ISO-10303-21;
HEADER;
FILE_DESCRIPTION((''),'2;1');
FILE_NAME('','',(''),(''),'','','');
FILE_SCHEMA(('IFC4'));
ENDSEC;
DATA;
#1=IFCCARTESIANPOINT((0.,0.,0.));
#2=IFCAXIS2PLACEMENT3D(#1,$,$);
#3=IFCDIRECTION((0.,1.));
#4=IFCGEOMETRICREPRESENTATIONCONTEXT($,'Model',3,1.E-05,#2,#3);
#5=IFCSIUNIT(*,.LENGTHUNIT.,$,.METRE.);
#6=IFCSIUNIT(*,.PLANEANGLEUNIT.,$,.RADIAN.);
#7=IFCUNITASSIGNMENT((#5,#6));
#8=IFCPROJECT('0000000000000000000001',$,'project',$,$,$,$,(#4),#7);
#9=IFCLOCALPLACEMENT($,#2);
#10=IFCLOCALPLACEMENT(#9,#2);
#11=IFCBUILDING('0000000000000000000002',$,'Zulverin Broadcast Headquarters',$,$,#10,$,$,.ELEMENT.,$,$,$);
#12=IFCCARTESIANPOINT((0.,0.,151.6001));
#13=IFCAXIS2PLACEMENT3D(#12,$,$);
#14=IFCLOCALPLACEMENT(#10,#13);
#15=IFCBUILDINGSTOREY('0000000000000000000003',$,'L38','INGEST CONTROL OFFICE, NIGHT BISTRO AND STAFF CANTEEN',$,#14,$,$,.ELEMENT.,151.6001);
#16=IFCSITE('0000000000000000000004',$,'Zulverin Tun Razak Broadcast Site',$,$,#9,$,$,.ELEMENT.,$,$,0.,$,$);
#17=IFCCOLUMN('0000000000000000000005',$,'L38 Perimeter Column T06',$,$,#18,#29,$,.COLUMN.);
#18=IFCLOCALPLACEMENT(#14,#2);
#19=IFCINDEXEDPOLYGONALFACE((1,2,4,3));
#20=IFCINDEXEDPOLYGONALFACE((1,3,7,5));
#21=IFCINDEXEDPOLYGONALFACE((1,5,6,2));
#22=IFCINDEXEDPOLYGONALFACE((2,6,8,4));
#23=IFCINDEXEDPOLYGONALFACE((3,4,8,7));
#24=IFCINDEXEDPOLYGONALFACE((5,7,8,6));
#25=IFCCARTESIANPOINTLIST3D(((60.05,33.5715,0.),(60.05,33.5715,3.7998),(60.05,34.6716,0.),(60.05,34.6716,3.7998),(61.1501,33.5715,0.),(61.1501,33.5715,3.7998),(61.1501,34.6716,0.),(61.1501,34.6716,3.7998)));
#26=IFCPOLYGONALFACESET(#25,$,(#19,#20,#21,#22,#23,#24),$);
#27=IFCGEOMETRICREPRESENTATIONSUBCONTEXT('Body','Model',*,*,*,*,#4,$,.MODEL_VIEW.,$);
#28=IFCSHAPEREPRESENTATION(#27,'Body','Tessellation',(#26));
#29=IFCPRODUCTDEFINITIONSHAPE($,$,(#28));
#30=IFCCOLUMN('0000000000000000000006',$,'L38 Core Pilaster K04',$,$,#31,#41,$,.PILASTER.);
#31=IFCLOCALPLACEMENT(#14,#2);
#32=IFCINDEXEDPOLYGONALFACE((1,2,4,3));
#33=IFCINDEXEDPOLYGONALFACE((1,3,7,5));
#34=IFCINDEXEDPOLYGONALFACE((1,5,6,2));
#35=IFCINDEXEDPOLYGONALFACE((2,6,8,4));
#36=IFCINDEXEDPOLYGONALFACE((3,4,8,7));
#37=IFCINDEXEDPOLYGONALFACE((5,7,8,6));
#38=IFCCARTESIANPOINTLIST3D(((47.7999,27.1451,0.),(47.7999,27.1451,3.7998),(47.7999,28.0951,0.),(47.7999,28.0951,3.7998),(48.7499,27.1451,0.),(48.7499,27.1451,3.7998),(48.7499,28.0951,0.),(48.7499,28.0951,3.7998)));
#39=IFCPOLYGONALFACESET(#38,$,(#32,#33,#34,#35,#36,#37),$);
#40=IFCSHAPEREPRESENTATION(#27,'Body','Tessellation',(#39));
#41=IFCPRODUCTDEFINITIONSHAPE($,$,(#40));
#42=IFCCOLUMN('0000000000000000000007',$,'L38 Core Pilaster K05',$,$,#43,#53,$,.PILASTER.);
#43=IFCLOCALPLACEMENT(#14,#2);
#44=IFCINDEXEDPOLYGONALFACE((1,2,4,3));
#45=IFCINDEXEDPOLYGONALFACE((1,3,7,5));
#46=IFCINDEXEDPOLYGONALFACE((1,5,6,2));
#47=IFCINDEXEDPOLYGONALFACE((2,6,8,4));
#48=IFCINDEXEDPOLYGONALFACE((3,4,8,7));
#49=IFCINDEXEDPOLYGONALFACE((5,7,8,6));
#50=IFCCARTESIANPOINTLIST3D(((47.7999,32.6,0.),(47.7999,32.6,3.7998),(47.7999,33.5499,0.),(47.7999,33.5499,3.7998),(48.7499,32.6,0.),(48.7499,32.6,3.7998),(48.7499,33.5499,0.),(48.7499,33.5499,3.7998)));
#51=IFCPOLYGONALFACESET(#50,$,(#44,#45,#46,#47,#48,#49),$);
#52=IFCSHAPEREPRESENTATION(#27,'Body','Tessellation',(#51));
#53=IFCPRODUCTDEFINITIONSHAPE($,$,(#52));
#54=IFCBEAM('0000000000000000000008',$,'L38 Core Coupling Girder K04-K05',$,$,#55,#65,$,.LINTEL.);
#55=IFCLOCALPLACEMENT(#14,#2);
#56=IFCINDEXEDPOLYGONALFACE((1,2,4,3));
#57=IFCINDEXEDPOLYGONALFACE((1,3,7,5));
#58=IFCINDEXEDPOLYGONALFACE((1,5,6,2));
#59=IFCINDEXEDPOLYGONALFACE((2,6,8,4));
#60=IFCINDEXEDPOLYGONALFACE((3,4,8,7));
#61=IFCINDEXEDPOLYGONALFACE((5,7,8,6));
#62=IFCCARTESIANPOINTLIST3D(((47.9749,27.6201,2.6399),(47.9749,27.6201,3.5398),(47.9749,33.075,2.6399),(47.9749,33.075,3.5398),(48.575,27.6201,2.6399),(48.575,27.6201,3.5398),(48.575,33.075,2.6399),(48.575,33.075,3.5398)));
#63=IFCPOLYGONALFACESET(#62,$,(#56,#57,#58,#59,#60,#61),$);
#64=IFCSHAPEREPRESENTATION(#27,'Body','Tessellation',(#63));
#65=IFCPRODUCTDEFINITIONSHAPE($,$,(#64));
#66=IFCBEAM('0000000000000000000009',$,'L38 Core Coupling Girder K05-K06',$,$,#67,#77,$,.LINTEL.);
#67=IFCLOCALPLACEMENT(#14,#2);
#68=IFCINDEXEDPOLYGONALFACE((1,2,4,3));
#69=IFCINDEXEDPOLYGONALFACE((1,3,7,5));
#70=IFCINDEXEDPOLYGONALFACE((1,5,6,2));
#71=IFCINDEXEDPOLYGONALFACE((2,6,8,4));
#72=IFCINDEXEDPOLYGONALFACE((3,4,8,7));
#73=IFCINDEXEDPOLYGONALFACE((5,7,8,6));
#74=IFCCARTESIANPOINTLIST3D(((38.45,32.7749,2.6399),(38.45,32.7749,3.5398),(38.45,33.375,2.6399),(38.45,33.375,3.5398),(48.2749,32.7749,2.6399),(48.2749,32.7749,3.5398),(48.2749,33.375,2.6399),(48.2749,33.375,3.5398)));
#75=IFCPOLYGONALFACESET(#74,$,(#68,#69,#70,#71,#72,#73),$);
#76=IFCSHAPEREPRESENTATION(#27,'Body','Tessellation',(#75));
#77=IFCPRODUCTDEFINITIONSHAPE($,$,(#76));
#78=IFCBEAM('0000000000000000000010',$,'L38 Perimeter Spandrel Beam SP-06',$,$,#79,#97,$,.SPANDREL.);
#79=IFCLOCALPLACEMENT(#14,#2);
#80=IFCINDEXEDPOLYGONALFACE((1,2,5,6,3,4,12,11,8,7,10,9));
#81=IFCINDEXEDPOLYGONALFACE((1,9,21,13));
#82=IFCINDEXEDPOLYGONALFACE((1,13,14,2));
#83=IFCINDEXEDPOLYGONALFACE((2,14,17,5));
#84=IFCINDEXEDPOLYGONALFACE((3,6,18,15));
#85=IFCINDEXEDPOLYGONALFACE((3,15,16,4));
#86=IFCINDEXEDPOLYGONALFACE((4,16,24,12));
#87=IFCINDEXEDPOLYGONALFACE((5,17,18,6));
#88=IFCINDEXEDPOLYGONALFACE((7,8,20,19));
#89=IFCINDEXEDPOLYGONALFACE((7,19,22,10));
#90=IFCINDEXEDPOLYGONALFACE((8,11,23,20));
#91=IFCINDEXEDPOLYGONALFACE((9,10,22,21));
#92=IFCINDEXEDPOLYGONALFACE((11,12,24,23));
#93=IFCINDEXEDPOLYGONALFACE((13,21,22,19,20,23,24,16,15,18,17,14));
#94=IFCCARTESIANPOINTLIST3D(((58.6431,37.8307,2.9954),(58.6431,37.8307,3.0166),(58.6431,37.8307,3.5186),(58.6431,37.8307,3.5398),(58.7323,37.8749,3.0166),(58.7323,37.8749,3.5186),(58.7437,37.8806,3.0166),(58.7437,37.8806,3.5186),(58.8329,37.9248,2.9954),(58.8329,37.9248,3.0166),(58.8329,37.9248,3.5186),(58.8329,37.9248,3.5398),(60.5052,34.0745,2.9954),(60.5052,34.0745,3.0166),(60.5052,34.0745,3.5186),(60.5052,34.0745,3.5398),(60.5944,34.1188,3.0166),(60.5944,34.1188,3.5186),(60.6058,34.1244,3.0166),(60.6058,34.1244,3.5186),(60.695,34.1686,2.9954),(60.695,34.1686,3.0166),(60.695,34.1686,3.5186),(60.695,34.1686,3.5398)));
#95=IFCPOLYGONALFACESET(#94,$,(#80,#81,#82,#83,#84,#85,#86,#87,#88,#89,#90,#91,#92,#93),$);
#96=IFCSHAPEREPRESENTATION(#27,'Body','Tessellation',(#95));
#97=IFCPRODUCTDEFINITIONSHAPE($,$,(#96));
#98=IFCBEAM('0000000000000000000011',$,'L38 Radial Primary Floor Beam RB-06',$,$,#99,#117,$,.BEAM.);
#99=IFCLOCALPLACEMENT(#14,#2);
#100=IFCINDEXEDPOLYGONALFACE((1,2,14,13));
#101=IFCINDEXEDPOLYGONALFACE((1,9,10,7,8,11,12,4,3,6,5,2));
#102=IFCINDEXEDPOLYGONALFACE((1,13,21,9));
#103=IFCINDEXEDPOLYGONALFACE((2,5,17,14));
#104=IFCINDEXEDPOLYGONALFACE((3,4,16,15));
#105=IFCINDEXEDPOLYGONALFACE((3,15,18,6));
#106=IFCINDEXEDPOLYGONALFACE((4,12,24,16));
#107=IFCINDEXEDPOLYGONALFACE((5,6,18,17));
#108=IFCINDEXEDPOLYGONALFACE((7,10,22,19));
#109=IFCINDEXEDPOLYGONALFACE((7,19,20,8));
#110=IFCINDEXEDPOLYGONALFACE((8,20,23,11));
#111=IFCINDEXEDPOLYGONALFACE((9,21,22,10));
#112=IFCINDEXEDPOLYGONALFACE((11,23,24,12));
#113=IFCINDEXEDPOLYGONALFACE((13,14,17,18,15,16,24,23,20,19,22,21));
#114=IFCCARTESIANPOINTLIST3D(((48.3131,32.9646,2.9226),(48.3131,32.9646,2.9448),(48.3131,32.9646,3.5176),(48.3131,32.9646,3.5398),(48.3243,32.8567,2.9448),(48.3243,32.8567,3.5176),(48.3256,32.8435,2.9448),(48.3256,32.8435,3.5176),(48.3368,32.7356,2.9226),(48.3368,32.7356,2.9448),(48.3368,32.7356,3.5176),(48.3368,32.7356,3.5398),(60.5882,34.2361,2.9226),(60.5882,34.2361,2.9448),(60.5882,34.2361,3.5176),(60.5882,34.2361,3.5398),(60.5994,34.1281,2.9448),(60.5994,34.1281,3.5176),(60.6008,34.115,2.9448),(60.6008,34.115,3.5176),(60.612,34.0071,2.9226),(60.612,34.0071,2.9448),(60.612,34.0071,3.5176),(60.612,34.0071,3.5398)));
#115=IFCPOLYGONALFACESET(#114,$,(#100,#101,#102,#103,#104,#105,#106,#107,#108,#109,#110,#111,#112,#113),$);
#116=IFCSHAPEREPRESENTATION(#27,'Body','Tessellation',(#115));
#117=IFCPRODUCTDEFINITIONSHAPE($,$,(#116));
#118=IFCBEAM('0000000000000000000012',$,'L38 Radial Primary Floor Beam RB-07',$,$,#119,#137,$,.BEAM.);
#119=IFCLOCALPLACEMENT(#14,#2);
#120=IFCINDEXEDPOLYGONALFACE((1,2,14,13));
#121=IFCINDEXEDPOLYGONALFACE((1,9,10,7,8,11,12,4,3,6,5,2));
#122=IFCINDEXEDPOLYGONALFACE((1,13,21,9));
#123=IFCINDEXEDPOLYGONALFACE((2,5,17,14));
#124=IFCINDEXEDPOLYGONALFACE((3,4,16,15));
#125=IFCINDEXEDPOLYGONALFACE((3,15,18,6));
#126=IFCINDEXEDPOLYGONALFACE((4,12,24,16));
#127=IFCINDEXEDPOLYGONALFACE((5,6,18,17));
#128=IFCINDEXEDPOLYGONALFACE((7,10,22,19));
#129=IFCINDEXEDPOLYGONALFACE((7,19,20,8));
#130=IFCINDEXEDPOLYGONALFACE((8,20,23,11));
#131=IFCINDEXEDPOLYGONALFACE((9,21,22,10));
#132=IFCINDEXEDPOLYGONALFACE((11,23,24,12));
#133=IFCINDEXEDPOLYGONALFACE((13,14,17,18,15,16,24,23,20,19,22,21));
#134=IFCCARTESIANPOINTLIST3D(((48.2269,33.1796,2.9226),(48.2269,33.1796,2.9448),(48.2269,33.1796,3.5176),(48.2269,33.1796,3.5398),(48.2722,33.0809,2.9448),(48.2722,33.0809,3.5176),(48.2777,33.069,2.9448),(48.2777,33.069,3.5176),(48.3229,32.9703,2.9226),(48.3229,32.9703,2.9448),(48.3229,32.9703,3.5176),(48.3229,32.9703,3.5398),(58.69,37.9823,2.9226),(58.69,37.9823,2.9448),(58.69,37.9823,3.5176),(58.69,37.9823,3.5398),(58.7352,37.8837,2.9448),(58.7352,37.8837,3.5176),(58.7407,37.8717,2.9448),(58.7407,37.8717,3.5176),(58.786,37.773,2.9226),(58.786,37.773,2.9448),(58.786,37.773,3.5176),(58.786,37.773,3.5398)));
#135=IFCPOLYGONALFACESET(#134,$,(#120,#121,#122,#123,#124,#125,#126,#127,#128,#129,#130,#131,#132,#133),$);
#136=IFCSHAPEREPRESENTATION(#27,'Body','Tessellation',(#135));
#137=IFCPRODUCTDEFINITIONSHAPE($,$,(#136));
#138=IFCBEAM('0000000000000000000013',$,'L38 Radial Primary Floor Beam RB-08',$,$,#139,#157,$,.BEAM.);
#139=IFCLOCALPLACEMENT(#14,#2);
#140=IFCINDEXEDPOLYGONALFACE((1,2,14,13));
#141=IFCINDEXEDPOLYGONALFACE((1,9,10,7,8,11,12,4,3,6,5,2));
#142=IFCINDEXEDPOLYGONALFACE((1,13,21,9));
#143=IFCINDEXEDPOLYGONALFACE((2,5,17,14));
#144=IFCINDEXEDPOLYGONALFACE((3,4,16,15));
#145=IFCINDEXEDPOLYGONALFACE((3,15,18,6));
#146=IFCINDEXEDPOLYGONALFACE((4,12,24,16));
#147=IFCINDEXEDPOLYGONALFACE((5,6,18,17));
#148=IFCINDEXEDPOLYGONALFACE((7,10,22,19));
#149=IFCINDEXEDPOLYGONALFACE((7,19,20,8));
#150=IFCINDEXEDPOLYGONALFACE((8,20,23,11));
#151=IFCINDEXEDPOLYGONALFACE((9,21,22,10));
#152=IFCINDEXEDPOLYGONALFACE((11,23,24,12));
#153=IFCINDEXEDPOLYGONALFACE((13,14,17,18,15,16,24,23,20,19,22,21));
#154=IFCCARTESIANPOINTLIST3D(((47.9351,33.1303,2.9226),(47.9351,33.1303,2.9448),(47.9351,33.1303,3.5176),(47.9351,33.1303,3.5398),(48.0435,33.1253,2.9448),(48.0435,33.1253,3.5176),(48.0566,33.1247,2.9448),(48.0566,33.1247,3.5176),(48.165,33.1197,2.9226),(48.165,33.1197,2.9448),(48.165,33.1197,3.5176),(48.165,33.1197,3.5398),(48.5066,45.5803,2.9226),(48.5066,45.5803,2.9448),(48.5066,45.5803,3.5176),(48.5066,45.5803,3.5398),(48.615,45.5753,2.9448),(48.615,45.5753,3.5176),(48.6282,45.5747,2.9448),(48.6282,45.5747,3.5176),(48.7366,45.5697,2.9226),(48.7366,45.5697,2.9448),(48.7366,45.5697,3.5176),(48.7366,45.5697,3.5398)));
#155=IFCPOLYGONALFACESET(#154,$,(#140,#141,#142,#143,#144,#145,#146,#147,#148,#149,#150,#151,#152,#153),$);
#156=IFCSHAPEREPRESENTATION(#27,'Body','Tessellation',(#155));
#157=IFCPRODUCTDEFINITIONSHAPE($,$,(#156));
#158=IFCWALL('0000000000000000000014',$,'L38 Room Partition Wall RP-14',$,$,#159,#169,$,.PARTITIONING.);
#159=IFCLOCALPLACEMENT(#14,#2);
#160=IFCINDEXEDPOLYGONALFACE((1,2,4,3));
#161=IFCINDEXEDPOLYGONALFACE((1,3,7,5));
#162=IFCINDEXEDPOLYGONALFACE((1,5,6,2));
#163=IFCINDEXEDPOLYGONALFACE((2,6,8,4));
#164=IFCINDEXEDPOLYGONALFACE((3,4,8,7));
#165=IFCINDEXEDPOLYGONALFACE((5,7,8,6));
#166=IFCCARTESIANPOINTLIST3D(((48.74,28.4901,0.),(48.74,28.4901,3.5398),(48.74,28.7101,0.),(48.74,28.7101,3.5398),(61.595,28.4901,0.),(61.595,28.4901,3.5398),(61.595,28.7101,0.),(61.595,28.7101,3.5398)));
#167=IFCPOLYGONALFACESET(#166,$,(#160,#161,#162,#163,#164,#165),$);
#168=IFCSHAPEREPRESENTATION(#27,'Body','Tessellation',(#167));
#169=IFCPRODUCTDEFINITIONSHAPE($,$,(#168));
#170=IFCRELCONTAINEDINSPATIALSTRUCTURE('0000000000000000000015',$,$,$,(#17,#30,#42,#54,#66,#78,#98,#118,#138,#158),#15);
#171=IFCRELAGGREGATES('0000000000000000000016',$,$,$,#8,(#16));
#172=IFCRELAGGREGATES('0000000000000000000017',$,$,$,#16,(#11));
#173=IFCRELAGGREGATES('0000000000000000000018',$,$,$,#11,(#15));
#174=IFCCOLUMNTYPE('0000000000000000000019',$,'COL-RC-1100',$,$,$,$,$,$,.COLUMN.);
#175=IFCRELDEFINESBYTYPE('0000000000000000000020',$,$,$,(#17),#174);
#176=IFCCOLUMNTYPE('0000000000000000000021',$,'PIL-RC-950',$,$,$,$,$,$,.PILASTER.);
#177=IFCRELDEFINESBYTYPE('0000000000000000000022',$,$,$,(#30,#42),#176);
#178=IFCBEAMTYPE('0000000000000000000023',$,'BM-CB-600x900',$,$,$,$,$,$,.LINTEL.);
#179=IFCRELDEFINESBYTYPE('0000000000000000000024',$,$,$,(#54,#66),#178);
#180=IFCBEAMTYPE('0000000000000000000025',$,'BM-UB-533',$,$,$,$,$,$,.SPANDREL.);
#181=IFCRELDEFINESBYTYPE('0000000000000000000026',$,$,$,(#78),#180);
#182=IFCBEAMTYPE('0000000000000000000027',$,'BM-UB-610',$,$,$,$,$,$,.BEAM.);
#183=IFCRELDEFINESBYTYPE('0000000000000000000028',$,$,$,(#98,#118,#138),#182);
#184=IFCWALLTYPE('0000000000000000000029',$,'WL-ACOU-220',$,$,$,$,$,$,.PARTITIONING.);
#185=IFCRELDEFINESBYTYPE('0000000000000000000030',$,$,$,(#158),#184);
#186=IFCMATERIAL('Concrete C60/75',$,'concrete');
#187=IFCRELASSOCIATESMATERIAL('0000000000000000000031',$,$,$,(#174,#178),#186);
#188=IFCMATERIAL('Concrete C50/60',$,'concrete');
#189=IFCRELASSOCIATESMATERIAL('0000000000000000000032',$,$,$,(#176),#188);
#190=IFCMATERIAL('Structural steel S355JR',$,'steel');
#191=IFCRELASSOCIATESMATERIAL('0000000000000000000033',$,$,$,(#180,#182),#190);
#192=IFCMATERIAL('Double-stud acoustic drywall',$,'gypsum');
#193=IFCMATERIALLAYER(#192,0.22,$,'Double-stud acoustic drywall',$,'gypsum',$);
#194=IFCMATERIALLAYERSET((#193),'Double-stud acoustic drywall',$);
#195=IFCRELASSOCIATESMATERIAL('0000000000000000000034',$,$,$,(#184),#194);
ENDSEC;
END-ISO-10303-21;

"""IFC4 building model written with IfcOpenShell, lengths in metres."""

from ifc_helpers import new_model, si_unit, direction, frame, frame_2d, origin, origin_2d, place, context, subcontext, project, spatial, rectangle, i_section, extrude, material, layer, layer_set, material_profile, profile_set, type_object, element, save


model = new_model("IFC4")

# Units and contexts
model_context = context("Model", 3, precision=1e-05, world=origin(), true_north=direction((0.0, 1.0)))
body_context = subcontext(model_context, "Body", "Model", "MODEL_VIEW")
ifc_project = project(units=[si_unit("LENGTHUNIT", "METRE"), si_unit("PLANEANGLEUNIT", "RADIAN")], contexts=[model_context])

# Site, building, storey
site_placement = place(None, origin())
site = spatial("IfcSite", under=ifc_project, at=site_placement, Name="Zulverin Tun Razak Broadcast Site", CompositionType="ELEMENT", RefElevation=0.0)
building_placement = place(site_placement, origin())
building = spatial("IfcBuilding", under=site, at=building_placement, Name="Zulverin Broadcast Headquarters", CompositionType="ELEMENT")
storey_placement = place(building_placement, frame((0.0, 0.0, 151.6001)))
storey = spatial("IfcBuildingStorey", under=building, at=storey_placement, Name="L38", Description="INGEST CONTROL OFFICE, NIGHT BISTRO AND STAFF CANTEEN", CompositionType="ELEMENT", Elevation=151.6001)

# Columns
ifc_material_1 = material(Name="Concrete C60/75", Category="concrete")
ifc_material_profile_1 = material_profile(ifc_material_1, rectangle(XDim=1.1001, YDim=1.1001, at=origin_2d()), Name="Concrete C60/75", Category="concrete")
ifc_profile_set_1 = profile_set([ifc_material_profile_1], Name="Concrete C60/75")
column_type_1 = type_object("IfcColumnType", Name="COL-RC-1100", PredefinedType="COLUMN", material=ifc_profile_set_1)
column_placement = place(storey_placement, frame((60.6001, 34.1216, 0.0), z_axis=(0.0, 0.0, 1.0), x_axis=(1.0, 0.0, 0.0)))
element("IfcColumn", 1, at=column_placement, inside=storey, type_object=column_type_1, Name="L38 Perimeter Column T06", PredefinedType="COLUMN", context=body_context, shape_type="SweptSolid", body=[
    extrude(rectangle(XDim=1.1001, YDim=1.1001, at=origin_2d()), origin(), (0.0, 0.0, 1.0), 3.7998),
])
ifc_material_2 = material(Name="Concrete C50/60", Category="concrete")
ifc_material_profile_2 = material_profile(ifc_material_2, rectangle(XDim=0.95, YDim=0.95, at=origin_2d()), Name="Concrete C50/60", Category="concrete")
ifc_profile_set_2 = profile_set([ifc_material_profile_2], Name="Concrete C50/60")
column_type_2 = type_object("IfcColumnType", Name="PIL-RC-950", PredefinedType="PILASTER", material=ifc_profile_set_2)
for number, where, z_axis, x_axis, name in (
    (2, (48.2749, 27.6201, 0.0), (0.0, 0.0, 1.0), (1.0, 0.0, 0.0), "L38 Core Pilaster K04"),
    (3, (48.2749, 33.075, 0.0), (0.0, 0.0, 1.0), (1.0, 0.0, 0.0), "L38 Core Pilaster K05"),
):
    element("IfcColumn", number, at=place(storey_placement, frame(where, z_axis=z_axis, x_axis=x_axis)), inside=storey, type_object=column_type_2, Name=name, PredefinedType="PILASTER", context=body_context, shape_type="SweptSolid", body=[
        extrude(rectangle(XDim=0.95, YDim=0.95, at=origin_2d()), origin(), (0.0, 0.0, 1.0), 3.7998),
    ])

# Beams
ifc_material_profile_3 = material_profile(ifc_material_1, rectangle(XDim=0.6001, YDim=0.8999, at=origin_2d()), Name="Concrete C60/75", Category="concrete")
ifc_profile_set_3 = profile_set([ifc_material_profile_3], Name="Concrete C60/75")
beam_type_1 = type_object("IfcBeamType", Name="BM-CB-600x900", PredefinedType="LINTEL", material=ifc_profile_set_3)
beam_1_placement = place(storey_placement, frame((48.2749, 27.6201, 3.0898), z_axis=(0.0, 1.0, 0.0), x_axis=(-1.0, 0.0, 0.0)))
element("IfcBeam", 4, at=beam_1_placement, inside=storey, type_object=beam_type_1, Name="L38 Core Coupling Girder K04-K05", PredefinedType="LINTEL", context=body_context, shape_type="SweptSolid", body=[
    extrude(rectangle(XDim=0.6001, YDim=0.8999, at=origin_2d()), origin(), (0.0, 0.0, 1.0), 5.4548),
])
beam_2_placement = place(storey_placement, frame((48.2749, 33.075, 3.0898), z_axis=(-1.0, 0.0, 0.0), x_axis=(0.0, -1.0, 0.0)))
element("IfcBeam", 5, at=beam_2_placement, inside=storey, type_object=beam_type_1, Name="L38 Core Coupling Girder K05-K06", PredefinedType="LINTEL", context=body_context, shape_type="SweptSolid", body=[
    extrude(rectangle(XDim=0.6001, YDim=0.8999, at=origin_2d()), origin(), (0.0, 0.0, 1.0), 9.825),
])
ifc_material_3 = material(Name="Structural steel S355JR", Category="steel")
ifc_material_profile_4 = material_profile(ifc_material_3, i_section(OverallWidth=0.2119, OverallDepth=0.5444, WebThickness=0.0127, FlangeThickness=0.0212, at=origin_2d()), Name="Structural steel S355JR", Category="steel")
ifc_profile_set_4 = profile_set([ifc_material_profile_4], Name="Structural steel S355JR")
beam_type_2 = type_object("IfcBeamType", Name="BM-UB-533", PredefinedType="SPANDREL", material=ifc_profile_set_4)
beam_3_placement = place(storey_placement, frame((60.6001, 34.1216, 3.2676), z_axis=(-0.444159, 0.895948, 0.0), x_axis=(-0.895948, -0.444159, 0.0)))
element("IfcBeam", 6, at=beam_3_placement, inside=storey, type_object=beam_type_2, Name="L38 Perimeter Spandrel Beam SP-06", PredefinedType="SPANDREL", context=body_context, shape_type="SweptSolid", body=[
    extrude(i_section(OverallWidth=0.2119, OverallDepth=0.5444, WebThickness=0.0127, FlangeThickness=0.0212, at=origin_2d()), origin(), (0.0, 0.0, 1.0), 4.1924),
])
ifc_material_profile_5 = material_profile(ifc_material_3, i_section(OverallWidth=0.2302, OverallDepth=0.6172, WebThickness=0.0132, FlangeThickness=0.0222, at=origin_2d()), Name="Structural steel S355JR", Category="steel")
ifc_profile_set_5 = profile_set([ifc_material_profile_5], Name="Structural steel S355JR")
beam_type_3 = type_object("IfcBeamType", Name="BM-UB-610", PredefinedType="BEAM", material=ifc_profile_set_5)
beam_4_placement = place(storey_placement, frame((48.325, 32.8501, 3.2312), z_axis=(0.994678, 0.103031, 0.0), x_axis=(-0.103031, 0.994678, 0.0)))
element("IfcBeam", 7, at=beam_4_placement, inside=storey, type_object=beam_type_3, Name="L38 Radial Primary Floor Beam RB-06", PredefinedType="BEAM", context=body_context, shape_type="SweptSolid", body=[
    extrude(i_section(OverallWidth=0.2302, OverallDepth=0.6172, WebThickness=0.0132, FlangeThickness=0.0222, at=origin_2d()), origin(), (0.0, 0.0, 1.0), 12.3408),
])
beam_5_placement = place(storey_placement, frame((48.2749, 33.075, 3.2312), z_axis=(0.90883, 0.417167, 0.0), x_axis=(-0.417167, 0.90883, 0.0)))
element("IfcBeam", 8, at=beam_5_placement, inside=storey, type_object=beam_type_3, Name="L38 Radial Primary Floor Beam RB-07", PredefinedType="BEAM", context=body_context, shape_type="SweptSolid", body=[
    extrude(i_section(OverallWidth=0.2302, OverallDepth=0.6172, WebThickness=0.0132, FlangeThickness=0.0222, at=origin_2d()), origin(), (0.0, 0.0, 1.0), 11.5127),
])
beam_6_placement = place(storey_placement, frame((48.05, 33.125, 3.2312), z_axis=(0.045858, 0.998948, 0.0), x_axis=(-0.998948, 0.045858, 0.0)))
element("IfcBeam", 9, at=beam_6_placement, inside=storey, type_object=beam_type_3, Name="L38 Radial Primary Floor Beam RB-08", PredefinedType="BEAM", context=body_context, shape_type="SweptSolid", body=[
    extrude(i_section(OverallWidth=0.2302, OverallDepth=0.6172, WebThickness=0.0132, FlangeThickness=0.0222, at=origin_2d()), origin(), (0.0, 0.0, 1.0), 12.4631),
])

# Wall
ifc_material_4 = material(Name="Double-stud acoustic drywall", Category="gypsum")
ifc_layer_1 = layer(ifc_material_4, 0.22, Name="Double-stud acoustic drywall", Category="gypsum")
ifc_layer_set_1 = layer_set([ifc_layer_1], Name="Double-stud acoustic drywall")
wall_type_1 = type_object("IfcWallType", Name="WL-ACOU-220", PredefinedType="PARTITIONING", material=ifc_layer_set_1)
wall_1_placement = place(storey_placement, frame((48.74, 28.6001, 0.0), z_axis=(0.0, 0.0, 1.0), x_axis=(1.0, 0.0, 0.0)))
element("IfcWall", 10, at=wall_1_placement, inside=storey, type_object=wall_type_1, Name="L38 Room Partition Wall RP-14", PredefinedType="PARTITIONING", context=body_context, shape_type="SweptSolid", body=[
    extrude(rectangle(XDim=12.855, YDim=0.22, at=frame_2d((6.4275, 0.0))), origin(), (0.0, 0.0, 1.0), 3.5398),
])

save(model, "model.ifc")
